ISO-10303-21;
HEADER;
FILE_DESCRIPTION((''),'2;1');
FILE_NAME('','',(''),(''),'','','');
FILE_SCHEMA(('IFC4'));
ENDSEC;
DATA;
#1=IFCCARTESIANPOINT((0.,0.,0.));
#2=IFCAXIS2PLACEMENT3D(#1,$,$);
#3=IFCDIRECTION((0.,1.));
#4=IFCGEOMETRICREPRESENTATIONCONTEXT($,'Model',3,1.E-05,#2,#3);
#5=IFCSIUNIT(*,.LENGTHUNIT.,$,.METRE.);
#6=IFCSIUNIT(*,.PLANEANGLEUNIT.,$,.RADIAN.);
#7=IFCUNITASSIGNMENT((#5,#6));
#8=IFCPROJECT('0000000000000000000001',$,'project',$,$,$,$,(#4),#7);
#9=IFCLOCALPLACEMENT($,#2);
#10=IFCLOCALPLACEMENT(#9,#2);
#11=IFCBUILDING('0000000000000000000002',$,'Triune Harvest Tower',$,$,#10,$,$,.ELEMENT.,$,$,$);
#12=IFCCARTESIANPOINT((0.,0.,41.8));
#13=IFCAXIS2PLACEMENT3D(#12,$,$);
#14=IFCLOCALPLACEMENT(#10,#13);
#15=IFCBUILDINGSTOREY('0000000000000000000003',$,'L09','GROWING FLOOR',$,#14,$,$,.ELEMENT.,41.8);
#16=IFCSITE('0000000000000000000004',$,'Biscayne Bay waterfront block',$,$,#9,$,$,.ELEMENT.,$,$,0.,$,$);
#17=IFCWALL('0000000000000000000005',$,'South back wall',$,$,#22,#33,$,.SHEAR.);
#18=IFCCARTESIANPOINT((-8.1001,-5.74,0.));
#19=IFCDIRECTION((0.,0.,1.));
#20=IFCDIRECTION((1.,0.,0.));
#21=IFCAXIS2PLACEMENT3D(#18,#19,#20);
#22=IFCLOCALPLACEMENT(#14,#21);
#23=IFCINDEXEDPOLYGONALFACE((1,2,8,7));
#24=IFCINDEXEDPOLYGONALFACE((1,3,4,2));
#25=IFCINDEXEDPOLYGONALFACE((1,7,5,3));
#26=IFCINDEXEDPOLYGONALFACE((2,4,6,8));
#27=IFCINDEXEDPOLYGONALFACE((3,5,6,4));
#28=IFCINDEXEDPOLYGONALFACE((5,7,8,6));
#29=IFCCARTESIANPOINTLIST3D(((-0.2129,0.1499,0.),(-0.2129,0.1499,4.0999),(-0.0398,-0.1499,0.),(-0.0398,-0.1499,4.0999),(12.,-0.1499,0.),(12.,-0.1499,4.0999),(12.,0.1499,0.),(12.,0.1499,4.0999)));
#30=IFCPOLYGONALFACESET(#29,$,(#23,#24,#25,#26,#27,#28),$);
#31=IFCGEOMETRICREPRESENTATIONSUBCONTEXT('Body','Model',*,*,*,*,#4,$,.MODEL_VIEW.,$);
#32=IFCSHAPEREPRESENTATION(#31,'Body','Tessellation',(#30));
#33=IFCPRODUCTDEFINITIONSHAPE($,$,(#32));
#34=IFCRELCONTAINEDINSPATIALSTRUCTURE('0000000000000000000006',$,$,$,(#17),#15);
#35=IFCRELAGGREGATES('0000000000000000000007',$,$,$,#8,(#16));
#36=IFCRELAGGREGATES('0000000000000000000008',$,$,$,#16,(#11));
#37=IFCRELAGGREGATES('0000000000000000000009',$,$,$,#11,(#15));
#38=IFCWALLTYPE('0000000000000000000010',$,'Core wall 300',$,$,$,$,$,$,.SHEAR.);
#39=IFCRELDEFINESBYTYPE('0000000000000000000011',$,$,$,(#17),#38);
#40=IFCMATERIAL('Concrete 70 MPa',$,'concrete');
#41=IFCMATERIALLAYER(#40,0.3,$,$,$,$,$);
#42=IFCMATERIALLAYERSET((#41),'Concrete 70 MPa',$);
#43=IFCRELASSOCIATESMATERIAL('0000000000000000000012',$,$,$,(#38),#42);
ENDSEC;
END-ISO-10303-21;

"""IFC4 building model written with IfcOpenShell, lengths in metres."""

from ifc_helpers import new_model, si_unit, direction, frame, origin, place, context, subcontext, project, spatial, polyline, outline, extrude, source, transform, mapped, material, layer, layer_set, type_object, element, save


model = new_model("IFC4")

# Units and contexts
model_context = context("Model", 3, precision=1e-05, world=origin(), true_north=direction((0.0, 1.0)))
body_context = subcontext(model_context, "Body", "Model", "MODEL_VIEW")
ifc_project = project(units=[si_unit("LENGTHUNIT", "METRE"), si_unit("PLANEANGLEUNIT", "RADIAN")], contexts=[model_context])

# Site, building, storey
site_placement = place(None, origin())
site = spatial("IfcSite", under=ifc_project, at=site_placement, Name="Biscayne Bay waterfront block", CompositionType="ELEMENT", RefElevation=0.0)
building_placement = place(site_placement, origin())
building = spatial("IfcBuilding", under=site, at=building_placement, Name="Triune Harvest Tower", CompositionType="ELEMENT")
storey_placement = place(building_placement, frame((0.0, 0.0, 41.8)))
storey = spatial("IfcBuildingStorey", under=building, at=storey_placement, Name="L09", Description="GROWING FLOOR", CompositionType="ELEMENT", Elevation=41.8)

# Shared definitions
ifc_material_1 = material(Name="Concrete 70 MPa", Category="concrete")
ifc_layer_1 = layer(ifc_material_1, 0.3)
ifc_layer_set_1 = layer_set([ifc_layer_1], Name="Concrete 70 MPa")
wall_type_1 = type_object("IfcWallType", Name="Core wall 300", PredefinedType="SHEAR", material=ifc_layer_set_1)

# Wall
shared_shape_1 = source(origin(), body_context, "Body", "SweptSolid", [
    extrude(outline(polyline([(12.0, -0.1499), (-0.0398, -0.1499), (-0.2129, 0.1499), (12.0, 0.1499), (12.0, -0.1499)])), origin(), (0.0, 0.0, 1.0), 4.0999),
])
wall_1_placement = place(storey_placement, frame((-8.1001, -5.74, 0.0), z_axis=(0.0, 0.0, 1.0), x_axis=(1.0, 0.0, 0.0)))
element("IfcWall", 1, at=wall_1_placement, inside=storey, type_object=wall_type_1, Name="South back wall", PredefinedType="SHEAR", context=body_context, shape_type="MappedRepresentation", body=[
    mapped(shared_shape_1, transform((0.0, 0.0, 0.0), scale=1.0)),
])

save(model, "model.ifc")
